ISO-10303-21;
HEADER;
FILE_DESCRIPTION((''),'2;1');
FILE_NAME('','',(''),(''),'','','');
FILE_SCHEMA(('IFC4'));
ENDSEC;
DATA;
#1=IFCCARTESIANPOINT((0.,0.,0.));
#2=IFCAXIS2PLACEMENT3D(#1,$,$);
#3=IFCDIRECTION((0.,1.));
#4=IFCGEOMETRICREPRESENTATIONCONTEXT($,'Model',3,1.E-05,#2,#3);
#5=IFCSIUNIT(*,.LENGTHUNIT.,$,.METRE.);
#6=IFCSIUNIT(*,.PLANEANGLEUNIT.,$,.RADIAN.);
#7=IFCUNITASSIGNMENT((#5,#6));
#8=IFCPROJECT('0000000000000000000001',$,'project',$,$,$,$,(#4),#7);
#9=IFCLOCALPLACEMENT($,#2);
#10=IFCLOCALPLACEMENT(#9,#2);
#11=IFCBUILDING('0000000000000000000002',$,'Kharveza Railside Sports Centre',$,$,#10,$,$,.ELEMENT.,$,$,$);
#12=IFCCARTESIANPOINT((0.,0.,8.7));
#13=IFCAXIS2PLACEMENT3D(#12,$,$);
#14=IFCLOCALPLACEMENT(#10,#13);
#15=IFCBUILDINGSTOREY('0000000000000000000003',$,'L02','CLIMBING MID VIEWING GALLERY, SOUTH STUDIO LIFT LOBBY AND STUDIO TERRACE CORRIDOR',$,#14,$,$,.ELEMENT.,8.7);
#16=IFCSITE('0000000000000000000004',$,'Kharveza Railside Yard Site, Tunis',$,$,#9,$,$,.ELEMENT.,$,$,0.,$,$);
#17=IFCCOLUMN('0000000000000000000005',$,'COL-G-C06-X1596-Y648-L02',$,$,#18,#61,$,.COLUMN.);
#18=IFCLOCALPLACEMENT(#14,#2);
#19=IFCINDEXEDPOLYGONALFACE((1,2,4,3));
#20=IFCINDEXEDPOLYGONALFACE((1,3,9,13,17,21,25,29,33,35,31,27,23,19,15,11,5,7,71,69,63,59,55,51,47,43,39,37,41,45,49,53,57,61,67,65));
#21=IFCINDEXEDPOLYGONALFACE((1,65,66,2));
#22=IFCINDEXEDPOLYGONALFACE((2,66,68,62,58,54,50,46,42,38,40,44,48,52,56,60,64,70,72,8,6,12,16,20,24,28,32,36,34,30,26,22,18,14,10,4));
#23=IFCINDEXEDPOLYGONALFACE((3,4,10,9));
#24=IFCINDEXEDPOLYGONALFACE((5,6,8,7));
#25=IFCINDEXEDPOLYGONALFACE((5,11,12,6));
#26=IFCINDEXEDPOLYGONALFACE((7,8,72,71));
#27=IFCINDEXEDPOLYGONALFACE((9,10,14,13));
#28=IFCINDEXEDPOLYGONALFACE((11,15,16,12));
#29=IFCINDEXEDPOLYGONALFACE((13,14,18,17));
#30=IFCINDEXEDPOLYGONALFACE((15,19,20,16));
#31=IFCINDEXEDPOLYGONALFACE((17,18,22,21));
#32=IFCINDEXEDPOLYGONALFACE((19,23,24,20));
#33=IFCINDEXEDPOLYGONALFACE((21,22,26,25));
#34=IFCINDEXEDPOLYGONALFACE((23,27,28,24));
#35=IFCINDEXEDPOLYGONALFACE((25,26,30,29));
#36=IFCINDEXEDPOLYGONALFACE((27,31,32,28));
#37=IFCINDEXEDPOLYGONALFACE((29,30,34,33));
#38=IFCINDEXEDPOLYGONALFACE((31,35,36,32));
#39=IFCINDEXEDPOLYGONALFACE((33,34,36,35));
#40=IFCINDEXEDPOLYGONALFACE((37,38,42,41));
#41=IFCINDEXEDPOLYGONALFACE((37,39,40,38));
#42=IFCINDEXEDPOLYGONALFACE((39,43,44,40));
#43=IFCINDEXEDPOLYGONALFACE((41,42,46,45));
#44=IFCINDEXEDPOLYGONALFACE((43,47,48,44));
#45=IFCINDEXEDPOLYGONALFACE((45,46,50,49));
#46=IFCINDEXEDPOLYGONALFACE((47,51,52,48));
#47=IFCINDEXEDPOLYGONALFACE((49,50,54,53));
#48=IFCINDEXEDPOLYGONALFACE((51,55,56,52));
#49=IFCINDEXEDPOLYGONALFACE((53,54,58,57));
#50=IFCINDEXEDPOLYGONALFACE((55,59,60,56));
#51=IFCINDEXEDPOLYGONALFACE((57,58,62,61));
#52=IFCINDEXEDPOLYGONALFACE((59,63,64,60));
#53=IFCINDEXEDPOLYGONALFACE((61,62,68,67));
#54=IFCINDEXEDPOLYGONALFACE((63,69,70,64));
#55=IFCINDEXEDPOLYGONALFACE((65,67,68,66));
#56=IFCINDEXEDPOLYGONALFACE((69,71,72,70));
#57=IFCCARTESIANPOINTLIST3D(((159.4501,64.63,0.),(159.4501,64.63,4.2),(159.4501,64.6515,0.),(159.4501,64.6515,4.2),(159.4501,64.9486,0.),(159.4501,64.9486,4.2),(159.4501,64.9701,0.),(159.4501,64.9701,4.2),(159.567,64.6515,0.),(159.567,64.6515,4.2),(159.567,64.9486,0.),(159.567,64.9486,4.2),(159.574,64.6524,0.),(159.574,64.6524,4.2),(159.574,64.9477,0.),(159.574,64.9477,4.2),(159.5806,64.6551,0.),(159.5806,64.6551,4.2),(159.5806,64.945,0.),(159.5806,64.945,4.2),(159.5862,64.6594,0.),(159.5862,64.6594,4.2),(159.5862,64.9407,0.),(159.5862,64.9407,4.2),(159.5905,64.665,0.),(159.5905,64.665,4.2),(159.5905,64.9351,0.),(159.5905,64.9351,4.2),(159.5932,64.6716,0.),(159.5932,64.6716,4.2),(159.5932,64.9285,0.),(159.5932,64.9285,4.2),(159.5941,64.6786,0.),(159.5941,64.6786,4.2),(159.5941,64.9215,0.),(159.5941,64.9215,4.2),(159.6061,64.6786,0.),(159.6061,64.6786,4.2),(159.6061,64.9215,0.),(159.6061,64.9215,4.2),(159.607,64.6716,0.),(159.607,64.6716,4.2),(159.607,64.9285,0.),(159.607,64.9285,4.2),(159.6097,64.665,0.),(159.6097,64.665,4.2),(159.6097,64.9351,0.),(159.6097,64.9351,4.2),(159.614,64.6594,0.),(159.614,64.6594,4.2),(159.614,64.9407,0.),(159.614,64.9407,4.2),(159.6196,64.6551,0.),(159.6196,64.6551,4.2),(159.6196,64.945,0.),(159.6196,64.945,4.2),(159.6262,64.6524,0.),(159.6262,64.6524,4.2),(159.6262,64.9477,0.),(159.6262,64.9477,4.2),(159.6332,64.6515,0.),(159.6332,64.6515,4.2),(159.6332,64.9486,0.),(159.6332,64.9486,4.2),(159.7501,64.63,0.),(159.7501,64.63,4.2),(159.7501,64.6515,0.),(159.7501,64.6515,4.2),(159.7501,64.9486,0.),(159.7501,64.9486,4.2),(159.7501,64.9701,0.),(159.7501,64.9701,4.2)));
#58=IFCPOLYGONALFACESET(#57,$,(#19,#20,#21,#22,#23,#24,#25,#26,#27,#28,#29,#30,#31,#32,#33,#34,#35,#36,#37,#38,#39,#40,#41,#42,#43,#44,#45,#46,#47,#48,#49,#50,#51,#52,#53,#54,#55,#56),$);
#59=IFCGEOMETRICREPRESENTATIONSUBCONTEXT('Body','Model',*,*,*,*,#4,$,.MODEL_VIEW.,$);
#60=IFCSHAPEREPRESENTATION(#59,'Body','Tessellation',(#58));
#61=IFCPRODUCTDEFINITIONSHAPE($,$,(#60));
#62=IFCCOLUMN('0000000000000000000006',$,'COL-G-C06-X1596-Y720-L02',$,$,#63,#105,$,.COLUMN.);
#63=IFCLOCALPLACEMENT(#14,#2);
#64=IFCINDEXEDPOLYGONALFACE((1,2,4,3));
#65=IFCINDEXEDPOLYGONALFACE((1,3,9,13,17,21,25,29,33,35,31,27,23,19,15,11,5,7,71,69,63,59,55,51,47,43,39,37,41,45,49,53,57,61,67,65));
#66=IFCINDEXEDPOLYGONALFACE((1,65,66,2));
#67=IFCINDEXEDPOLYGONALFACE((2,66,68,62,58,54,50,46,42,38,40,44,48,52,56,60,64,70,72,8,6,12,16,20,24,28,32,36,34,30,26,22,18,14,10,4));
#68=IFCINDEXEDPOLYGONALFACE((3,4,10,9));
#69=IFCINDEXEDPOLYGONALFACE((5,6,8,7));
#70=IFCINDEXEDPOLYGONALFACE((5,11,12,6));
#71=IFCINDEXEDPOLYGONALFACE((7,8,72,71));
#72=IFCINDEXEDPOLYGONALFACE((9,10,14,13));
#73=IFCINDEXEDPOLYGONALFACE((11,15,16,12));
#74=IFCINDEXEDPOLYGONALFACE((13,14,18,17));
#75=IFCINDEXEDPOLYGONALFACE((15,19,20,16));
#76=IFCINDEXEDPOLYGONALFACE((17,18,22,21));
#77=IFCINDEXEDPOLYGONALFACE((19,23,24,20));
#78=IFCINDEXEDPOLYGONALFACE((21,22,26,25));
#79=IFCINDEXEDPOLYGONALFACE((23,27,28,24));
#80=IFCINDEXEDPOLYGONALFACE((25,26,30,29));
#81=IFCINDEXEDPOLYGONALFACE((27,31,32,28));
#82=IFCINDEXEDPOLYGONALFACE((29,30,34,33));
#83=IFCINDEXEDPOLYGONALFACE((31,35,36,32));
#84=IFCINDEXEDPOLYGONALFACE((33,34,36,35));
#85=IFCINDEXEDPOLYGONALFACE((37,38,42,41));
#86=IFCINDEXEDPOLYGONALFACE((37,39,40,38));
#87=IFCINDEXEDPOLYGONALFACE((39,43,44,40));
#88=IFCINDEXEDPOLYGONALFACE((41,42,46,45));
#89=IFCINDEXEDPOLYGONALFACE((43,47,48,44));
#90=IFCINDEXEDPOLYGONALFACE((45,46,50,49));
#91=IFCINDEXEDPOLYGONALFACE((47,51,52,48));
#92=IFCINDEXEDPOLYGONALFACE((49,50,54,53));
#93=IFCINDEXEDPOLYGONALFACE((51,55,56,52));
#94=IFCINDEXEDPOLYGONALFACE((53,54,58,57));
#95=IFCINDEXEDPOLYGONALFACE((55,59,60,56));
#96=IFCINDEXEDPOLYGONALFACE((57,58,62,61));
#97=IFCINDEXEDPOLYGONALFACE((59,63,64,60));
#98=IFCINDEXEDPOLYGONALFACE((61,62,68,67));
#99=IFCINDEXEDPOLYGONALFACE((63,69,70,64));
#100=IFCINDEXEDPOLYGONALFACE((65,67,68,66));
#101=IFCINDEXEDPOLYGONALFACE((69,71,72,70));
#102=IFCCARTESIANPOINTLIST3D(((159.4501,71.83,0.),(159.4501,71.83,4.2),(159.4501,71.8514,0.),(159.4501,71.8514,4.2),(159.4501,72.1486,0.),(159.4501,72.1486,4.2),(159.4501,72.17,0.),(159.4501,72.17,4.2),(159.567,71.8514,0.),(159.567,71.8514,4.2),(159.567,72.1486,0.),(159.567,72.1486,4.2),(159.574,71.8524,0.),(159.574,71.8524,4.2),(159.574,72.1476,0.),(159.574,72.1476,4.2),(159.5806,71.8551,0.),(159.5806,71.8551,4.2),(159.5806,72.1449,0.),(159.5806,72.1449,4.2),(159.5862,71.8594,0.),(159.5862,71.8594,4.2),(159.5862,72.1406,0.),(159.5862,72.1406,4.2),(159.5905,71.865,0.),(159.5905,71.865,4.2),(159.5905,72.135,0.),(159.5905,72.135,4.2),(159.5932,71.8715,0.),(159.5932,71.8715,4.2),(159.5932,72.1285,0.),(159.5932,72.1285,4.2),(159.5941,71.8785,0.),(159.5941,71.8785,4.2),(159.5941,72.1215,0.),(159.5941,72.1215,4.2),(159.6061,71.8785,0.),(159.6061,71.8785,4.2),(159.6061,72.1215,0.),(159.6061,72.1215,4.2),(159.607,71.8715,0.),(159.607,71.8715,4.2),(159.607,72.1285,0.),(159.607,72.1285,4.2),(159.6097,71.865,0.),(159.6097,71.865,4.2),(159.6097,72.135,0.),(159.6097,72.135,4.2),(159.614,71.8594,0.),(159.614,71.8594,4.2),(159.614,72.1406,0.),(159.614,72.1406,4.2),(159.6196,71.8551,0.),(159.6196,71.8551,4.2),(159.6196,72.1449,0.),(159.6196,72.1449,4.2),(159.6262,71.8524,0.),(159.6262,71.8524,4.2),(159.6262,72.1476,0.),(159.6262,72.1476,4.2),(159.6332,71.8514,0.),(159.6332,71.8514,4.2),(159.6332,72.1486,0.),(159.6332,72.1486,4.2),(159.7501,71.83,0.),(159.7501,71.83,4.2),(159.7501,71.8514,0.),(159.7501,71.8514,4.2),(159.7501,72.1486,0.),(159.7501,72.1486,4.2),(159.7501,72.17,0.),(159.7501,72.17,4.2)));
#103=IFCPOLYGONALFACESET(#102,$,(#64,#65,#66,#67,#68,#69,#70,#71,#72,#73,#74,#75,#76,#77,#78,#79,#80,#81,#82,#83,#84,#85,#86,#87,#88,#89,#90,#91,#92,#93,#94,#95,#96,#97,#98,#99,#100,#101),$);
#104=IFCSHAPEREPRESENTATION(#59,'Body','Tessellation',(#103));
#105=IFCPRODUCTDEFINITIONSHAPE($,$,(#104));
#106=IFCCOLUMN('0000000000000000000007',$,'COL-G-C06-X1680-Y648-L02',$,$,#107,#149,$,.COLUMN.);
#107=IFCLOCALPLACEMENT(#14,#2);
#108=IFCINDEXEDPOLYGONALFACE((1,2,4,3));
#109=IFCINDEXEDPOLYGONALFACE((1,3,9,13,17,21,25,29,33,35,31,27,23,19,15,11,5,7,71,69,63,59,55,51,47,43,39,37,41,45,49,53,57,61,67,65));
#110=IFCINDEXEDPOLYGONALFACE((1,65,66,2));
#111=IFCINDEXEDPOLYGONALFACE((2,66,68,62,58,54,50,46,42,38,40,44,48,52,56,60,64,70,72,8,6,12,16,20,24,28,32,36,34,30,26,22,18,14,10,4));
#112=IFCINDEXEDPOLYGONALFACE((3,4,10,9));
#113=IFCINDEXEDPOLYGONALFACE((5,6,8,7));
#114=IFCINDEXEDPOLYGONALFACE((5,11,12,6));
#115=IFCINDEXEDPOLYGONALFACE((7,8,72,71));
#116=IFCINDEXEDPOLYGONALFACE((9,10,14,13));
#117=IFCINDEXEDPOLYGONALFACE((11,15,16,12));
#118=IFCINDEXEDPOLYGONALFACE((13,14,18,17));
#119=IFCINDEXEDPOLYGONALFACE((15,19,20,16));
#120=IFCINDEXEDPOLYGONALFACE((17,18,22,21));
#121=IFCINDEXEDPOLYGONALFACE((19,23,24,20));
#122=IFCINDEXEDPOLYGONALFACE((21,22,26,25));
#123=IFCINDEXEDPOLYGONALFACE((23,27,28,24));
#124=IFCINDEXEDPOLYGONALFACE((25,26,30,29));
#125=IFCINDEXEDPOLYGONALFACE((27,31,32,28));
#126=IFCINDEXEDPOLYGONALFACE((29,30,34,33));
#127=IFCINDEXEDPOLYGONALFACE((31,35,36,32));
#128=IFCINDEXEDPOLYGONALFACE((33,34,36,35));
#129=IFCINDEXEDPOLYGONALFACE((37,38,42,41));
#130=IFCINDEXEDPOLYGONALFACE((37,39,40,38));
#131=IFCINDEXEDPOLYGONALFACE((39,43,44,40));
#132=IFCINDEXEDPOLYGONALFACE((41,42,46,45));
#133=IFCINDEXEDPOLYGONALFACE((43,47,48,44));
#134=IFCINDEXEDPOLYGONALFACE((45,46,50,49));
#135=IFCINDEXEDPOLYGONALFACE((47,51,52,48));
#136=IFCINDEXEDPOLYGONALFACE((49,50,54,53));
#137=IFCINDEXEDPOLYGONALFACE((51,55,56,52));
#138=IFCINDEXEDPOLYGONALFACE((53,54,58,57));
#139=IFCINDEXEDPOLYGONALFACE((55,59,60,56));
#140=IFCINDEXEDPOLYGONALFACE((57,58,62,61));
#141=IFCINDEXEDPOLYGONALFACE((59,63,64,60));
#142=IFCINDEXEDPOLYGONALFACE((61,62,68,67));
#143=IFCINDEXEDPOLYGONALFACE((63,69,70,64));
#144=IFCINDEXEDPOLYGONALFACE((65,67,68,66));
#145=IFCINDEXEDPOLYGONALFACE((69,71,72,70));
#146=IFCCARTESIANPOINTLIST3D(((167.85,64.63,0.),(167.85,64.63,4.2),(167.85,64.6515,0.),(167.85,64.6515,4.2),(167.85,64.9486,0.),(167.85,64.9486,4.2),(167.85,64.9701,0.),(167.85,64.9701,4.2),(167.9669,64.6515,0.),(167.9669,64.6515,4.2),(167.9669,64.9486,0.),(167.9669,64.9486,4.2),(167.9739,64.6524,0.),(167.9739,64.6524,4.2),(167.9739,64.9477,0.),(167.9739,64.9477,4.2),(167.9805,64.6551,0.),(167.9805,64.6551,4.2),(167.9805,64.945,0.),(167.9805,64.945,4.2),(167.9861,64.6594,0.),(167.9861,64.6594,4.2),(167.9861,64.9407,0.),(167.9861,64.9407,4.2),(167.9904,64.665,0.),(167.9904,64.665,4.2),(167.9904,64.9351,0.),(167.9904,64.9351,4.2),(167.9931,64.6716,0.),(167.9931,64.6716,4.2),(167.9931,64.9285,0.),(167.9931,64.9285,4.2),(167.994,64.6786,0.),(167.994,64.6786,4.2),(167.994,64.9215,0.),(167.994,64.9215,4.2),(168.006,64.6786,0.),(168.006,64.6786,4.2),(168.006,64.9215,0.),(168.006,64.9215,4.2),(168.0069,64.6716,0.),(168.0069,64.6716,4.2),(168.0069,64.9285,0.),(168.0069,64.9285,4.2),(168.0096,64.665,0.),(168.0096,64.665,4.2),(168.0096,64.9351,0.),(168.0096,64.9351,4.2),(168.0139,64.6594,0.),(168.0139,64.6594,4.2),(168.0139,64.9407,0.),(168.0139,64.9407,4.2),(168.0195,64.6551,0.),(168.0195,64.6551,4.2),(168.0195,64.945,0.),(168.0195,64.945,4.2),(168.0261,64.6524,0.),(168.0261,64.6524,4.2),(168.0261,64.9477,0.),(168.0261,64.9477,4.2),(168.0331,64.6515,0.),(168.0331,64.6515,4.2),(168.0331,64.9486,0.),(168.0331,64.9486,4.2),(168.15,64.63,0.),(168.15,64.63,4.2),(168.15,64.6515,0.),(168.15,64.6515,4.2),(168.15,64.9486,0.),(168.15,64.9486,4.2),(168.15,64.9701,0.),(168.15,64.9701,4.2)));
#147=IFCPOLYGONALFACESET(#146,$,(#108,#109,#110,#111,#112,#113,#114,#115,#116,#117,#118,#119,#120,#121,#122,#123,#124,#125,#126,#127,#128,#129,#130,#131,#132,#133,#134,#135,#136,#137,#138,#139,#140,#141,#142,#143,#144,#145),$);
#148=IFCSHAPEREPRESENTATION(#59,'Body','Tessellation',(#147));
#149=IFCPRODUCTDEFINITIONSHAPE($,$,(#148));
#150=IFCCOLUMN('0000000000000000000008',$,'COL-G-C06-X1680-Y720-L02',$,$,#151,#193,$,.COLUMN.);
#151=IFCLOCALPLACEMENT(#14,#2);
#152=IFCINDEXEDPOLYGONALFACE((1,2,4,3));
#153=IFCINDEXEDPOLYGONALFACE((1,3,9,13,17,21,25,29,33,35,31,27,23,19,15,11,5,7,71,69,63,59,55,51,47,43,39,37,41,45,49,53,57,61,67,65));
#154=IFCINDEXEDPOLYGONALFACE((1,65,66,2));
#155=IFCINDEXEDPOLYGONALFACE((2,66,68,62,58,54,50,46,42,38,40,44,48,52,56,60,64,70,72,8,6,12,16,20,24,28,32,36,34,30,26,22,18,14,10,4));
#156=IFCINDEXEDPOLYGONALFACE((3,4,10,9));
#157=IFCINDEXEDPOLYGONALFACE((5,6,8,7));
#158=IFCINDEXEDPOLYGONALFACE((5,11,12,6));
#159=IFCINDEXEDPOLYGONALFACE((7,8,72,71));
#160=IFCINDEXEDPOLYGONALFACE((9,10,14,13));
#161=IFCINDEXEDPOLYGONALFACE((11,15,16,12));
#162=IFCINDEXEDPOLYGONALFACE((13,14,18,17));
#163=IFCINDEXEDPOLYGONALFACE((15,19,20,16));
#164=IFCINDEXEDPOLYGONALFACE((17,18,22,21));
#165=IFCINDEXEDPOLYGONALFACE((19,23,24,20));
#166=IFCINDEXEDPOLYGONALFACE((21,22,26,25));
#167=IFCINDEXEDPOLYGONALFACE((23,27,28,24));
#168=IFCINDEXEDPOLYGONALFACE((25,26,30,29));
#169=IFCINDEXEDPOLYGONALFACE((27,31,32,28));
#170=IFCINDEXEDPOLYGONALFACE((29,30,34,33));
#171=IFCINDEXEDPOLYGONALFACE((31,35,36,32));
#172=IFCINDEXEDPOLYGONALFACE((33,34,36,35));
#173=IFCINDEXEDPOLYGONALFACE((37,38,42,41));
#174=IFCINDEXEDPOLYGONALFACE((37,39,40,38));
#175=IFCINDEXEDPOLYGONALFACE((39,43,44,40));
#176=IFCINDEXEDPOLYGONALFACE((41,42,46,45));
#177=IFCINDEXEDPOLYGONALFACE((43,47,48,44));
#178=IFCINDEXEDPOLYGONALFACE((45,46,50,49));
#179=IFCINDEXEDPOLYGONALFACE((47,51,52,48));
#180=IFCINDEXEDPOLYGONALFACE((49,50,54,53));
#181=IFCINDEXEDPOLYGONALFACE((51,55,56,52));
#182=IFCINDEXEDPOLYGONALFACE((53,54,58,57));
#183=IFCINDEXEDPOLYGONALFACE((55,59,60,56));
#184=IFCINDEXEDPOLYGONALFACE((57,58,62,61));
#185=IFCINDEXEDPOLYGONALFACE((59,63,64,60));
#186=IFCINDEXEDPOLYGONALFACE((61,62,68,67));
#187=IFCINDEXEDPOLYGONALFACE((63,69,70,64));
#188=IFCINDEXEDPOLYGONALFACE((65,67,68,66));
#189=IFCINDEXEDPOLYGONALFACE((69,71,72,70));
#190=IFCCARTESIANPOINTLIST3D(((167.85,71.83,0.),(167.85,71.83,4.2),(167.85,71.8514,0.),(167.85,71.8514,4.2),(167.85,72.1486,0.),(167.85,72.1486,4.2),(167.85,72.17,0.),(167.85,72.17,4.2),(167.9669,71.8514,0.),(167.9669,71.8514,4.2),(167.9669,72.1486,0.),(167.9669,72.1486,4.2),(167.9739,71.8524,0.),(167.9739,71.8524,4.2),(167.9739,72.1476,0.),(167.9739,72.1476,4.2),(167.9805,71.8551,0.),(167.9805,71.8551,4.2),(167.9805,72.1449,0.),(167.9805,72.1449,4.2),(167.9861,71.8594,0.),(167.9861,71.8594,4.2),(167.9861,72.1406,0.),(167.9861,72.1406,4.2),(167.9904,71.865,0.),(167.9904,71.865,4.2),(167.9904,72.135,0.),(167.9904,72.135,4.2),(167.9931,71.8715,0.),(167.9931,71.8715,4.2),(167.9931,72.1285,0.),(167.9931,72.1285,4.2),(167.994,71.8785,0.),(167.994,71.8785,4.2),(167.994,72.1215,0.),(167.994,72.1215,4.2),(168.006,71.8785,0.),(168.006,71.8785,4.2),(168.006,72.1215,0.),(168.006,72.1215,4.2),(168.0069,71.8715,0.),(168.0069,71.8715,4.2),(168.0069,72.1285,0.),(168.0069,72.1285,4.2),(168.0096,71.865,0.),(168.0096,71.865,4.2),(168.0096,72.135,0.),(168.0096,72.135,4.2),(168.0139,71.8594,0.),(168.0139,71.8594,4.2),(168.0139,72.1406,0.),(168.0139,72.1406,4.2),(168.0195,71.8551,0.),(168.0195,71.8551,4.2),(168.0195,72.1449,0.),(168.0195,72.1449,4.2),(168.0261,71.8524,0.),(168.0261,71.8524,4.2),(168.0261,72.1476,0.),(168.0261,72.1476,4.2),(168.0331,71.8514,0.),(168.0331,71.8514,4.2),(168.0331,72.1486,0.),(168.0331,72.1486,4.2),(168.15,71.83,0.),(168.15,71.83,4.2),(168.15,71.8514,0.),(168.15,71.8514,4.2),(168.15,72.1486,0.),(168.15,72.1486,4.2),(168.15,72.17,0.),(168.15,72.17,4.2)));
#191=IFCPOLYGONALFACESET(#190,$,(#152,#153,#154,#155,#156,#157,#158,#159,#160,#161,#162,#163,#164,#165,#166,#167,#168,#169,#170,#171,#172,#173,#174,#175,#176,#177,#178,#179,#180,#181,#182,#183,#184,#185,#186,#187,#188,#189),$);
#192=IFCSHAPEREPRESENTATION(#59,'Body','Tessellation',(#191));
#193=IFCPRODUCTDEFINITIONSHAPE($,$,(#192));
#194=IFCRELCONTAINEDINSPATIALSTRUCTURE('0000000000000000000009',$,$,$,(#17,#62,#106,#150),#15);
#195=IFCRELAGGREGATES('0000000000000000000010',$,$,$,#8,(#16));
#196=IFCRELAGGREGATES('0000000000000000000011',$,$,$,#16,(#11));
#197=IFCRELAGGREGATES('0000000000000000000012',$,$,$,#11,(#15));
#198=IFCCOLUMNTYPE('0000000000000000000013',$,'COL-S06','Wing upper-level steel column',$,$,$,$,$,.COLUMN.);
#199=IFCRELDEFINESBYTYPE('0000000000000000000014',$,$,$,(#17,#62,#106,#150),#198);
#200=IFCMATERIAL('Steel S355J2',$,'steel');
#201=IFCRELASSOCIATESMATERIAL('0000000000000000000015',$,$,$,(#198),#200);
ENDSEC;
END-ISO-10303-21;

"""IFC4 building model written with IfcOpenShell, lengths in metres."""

from ifc_helpers import new_model, si_unit, direction, frame, origin, origin_2d, place, context, subcontext, project, spatial, i_section, extrude, material, material_profile, profile_set, type_object, element, save


model = new_model("IFC4")

# Units and contexts
model_context = context("Model", 3, precision=1e-05, world=origin(), true_north=direction((0.0, 1.0)))
body_context = subcontext(model_context, "Body", "Model", "MODEL_VIEW")
ifc_project = project(units=[si_unit("LENGTHUNIT", "METRE"), si_unit("PLANEANGLEUNIT", "RADIAN")], contexts=[model_context])

# Site, building, storey
site_placement = place(None, origin())
site = spatial("IfcSite", under=ifc_project, at=site_placement, Name="Kharveza Railside Yard Site, Tunis", CompositionType="ELEMENT", RefElevation=0.0)
building_placement = place(site_placement, origin())
building = spatial("IfcBuilding", under=site, at=building_placement, Name="Kharveza Railside Sports Centre", CompositionType="ELEMENT")
storey_placement = place(building_placement, frame((0.0, 0.0, 8.7)))
storey = spatial("IfcBuildingStorey", under=building, at=storey_placement, Name="L02", Description="CLIMBING MID VIEWING GALLERY, SOUTH STUDIO LIFT LOBBY AND STUDIO TERRACE CORRIDOR", CompositionType="ELEMENT", Elevation=8.7)

# Columns
ifc_material_1 = material(Name="Steel S355J2", Category="steel")
ifc_material_profile_1 = material_profile(ifc_material_1, i_section(OverallWidth=0.3, OverallDepth=0.3401, WebThickness=0.012, FlangeThickness=0.0215, FilletRadius=0.0271, at=origin_2d()), Name="HEB 340")
ifc_profile_set_1 = profile_set([ifc_material_profile_1], Name="Steel S355J2")
column_type = type_object("IfcColumnType", Name="COL-S06", Description="Wing upper-level steel column", PredefinedType="COLUMN", material=ifc_profile_set_1)
for number, where, z_axis, x_axis, name in (
    (1, (159.6001, 64.8, 0.0), (0.0, 0.0, 1.0), (1.0, 0.0, 0.0), "COL-G-C06-X1596-Y648-L02"),
    (2, (159.6001, 72.0, 0.0), (0.0, 0.0, 1.0), (1.0, 0.0, 0.0), "COL-G-C06-X1596-Y720-L02"),
    (3, (168.0, 64.8, 0.0), (0.0, 0.0, 1.0), (1.0, 0.0, 0.0), "COL-G-C06-X1680-Y648-L02"),
    (4, (168.0, 72.0, 0.0), (0.0, 0.0, 1.0), (1.0, 0.0, 0.0), "COL-G-C06-X1680-Y720-L02"),
):
    element("IfcColumn", number, at=place(storey_placement, frame(where, z_axis=z_axis, x_axis=x_axis)), inside=storey, type_object=column_type, Name=name, PredefinedType="COLUMN", context=body_context, shape_type="SweptSolid", body=[
        extrude(i_section(OverallWidth=0.3, OverallDepth=0.3401, WebThickness=0.012, FlangeThickness=0.0215, FilletRadius=0.0271, at=origin_2d()), origin(), (0.0, 0.0, 1.0), 4.2),
    ])

save(model, "model.ifc")
